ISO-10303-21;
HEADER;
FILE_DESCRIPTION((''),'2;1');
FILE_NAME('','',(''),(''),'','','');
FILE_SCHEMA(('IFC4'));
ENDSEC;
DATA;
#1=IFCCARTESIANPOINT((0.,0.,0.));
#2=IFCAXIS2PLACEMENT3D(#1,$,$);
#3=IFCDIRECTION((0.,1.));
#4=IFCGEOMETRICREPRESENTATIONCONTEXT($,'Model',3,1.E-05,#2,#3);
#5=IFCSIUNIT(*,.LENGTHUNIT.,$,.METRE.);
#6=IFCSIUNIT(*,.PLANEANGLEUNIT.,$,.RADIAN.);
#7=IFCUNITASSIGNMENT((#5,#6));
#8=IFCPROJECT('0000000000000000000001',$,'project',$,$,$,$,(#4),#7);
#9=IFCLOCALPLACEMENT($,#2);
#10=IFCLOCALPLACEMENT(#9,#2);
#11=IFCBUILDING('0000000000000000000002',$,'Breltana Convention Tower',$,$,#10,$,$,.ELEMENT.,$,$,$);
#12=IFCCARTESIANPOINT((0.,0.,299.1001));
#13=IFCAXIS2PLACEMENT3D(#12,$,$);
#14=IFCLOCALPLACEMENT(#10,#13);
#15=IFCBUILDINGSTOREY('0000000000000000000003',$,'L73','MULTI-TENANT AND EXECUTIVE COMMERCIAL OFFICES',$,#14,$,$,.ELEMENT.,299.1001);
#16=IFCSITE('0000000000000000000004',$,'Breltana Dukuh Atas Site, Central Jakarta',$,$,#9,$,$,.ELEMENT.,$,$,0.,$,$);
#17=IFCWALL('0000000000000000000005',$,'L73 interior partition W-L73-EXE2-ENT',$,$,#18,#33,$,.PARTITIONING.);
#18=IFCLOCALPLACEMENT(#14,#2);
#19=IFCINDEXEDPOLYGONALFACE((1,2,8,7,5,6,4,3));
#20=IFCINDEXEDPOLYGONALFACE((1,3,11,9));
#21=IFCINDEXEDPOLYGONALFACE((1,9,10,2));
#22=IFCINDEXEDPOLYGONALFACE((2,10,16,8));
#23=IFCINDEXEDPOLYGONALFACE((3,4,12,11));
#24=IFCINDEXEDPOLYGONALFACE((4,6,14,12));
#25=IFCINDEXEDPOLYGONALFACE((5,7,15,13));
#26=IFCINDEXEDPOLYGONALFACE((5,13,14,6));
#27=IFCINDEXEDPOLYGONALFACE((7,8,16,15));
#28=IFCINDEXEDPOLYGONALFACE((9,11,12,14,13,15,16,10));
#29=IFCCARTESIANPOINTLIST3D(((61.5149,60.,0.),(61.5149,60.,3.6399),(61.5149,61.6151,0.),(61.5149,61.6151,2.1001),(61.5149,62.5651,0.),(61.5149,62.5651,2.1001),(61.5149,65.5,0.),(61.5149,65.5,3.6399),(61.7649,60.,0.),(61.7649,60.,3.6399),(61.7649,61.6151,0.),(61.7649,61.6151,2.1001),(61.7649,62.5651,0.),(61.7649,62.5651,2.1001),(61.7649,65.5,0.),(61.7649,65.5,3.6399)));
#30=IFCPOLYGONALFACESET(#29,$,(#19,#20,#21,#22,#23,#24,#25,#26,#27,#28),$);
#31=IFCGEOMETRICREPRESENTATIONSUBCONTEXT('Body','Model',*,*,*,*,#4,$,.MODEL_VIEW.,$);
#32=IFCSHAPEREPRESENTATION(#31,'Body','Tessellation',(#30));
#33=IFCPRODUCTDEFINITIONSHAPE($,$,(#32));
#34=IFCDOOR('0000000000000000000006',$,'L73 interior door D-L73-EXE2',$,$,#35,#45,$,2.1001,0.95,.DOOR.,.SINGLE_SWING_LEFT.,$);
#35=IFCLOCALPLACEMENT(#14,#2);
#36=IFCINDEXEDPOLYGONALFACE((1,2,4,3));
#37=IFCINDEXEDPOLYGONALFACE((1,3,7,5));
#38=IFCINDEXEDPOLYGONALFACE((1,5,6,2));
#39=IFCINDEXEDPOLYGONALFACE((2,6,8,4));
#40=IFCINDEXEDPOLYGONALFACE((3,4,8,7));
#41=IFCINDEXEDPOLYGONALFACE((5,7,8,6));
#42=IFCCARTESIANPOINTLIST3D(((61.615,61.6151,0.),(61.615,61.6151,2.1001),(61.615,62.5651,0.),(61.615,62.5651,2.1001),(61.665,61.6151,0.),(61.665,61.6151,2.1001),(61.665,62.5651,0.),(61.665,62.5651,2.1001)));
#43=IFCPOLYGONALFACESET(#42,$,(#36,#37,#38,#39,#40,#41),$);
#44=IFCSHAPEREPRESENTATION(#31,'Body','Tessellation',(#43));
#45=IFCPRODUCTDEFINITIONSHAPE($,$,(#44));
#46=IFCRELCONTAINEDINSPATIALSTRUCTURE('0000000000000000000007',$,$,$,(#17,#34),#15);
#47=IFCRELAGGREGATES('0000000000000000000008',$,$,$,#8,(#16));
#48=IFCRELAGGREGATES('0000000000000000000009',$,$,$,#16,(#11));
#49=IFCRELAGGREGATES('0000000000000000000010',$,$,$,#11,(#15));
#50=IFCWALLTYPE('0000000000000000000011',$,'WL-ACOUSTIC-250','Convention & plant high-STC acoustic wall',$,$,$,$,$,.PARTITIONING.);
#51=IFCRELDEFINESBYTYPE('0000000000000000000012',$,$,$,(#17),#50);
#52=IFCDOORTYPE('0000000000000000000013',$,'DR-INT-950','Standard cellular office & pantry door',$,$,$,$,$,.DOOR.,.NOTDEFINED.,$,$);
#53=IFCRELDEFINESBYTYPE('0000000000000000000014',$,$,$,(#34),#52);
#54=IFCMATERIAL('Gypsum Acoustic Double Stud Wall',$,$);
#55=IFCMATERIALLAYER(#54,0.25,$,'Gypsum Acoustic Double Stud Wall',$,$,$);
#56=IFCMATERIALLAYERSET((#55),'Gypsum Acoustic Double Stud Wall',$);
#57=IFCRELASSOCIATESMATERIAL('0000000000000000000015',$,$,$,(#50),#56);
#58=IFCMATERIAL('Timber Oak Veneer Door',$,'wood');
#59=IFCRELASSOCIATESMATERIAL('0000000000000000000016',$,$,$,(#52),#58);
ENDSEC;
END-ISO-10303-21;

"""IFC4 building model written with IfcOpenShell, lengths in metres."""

from ifc_helpers import new_model, si_unit, direction, frame, frame_2d, origin, place, context, subcontext, project, spatial, rectangle, extrude, source, transform, mapped, material, layer, layer_set, type_object, type_shapes, element, fill, save


model = new_model("IFC4")

# Units and contexts
model_context = context("Model", 3, precision=1e-05, world=origin(), true_north=direction((0.0, 1.0)))
body_context = subcontext(model_context, "Body", "Model", "MODEL_VIEW")
ifc_project = project(units=[si_unit("LENGTHUNIT", "METRE"), si_unit("PLANEANGLEUNIT", "RADIAN")], contexts=[model_context])

# Site, building, storey
site_placement = place(None, origin())
site = spatial("IfcSite", under=ifc_project, at=site_placement, Name="Breltana Dukuh Atas Site, Central Jakarta", CompositionType="ELEMENT", RefElevation=0.0)
building_placement = place(site_placement, origin())
building = spatial("IfcBuilding", under=site, at=building_placement, Name="Breltana Convention Tower", CompositionType="ELEMENT")
storey_placement = place(building_placement, frame((0.0, 0.0, 299.1001)))
storey = spatial("IfcBuildingStorey", under=building, at=storey_placement, Name="L73", Description="MULTI-TENANT AND EXECUTIVE COMMERCIAL OFFICES", CompositionType="ELEMENT", Elevation=299.1001)

# Shared definitions
ifc_material_1 = material(Name="Gypsum Acoustic Double Stud Wall")
ifc_layer_1 = layer(ifc_material_1, 0.25, Name="Gypsum Acoustic Double Stud Wall")
ifc_layer_set_1 = layer_set([ifc_layer_1], Name="Gypsum Acoustic Double Stud Wall")
wall_type_1 = type_object("IfcWallType", Name="WL-ACOUSTIC-250", Description="Convention & plant high-STC acoustic wall", PredefinedType="PARTITIONING", material=ifc_layer_set_1)

# Wall, opening, door
shared_shape_1 = source(origin(), body_context, "Body", "SweptSolid", [
    extrude(rectangle(XDim=5.5, YDim=0.25, at=frame_2d((2.75, 0.0))), origin(), (0.0, 0.0, 1.0), 3.6399),
])
wall_1_placement = place(storey_placement, frame((61.6399, 60.0, 0.0), z_axis=(0.0, 0.0, 1.0), x_axis=(0.0, 1.0, 0.0)))
wall_1 = element("IfcWall", 1, at=wall_1_placement, inside=storey, type_object=wall_type_1, Name="L73 interior partition W-L73-EXE2-ENT", PredefinedType="PARTITIONING", context=body_context, shape_type="MappedRepresentation", body=[
    mapped(shared_shape_1, transform((0.0, 0.0, 0.0), scale=1.0)),
])
opening_1_placement = place(wall_1_placement, frame((1.615, 0.0, 0.0)))
opening_1 = element("IfcOpeningElement", 2, at=opening_1_placement, cuts=wall_1, PredefinedType="OPENING", context=body_context, shape_type="SweptSolid", body=[
    extrude(rectangle(XDim=0.95, YDim=2.1001, at=frame_2d((0.4751, 1.05))), frame((0.0, 0.135, 0.0), z_axis=(0.0, -1.0, 0.0), x_axis=(1.0, 0.0, 0.0)), (0.0, 0.0, 1.0), 0.27),
])
ifc_material_2 = material(Name="Timber Oak Veneer Door", Category="wood")
door_type = type_object("IfcDoorType", Name="DR-INT-950", Description="Standard cellular office & pantry door", OperationType="NOTDEFINED", PredefinedType="DOOR", material=ifc_material_2)
shared_shape_2 = source(origin(), body_context, "Body", "SweptSolid", [
    extrude(rectangle(XDim=0.95, YDim=2.1001, at=frame_2d((0.4751, 1.05))), frame((0.0, 0.0249, 0.0), z_axis=(0.0, -1.0, 0.0), x_axis=(1.0, 0.0, 0.0)), (0.0, 0.0, 1.0), 0.05),
])
type_shapes(door_type, [shared_shape_2])
door_placement = place(opening_1_placement, origin())
door = element("IfcDoor", 3, at=door_placement, inside=storey, type_object=door_type, Name="L73 interior door D-L73-EXE2", OperationType="SINGLE_SWING_LEFT", OverallHeight=2.1001, OverallWidth=0.95, PredefinedType="DOOR", context=body_context, shape_type="MappedRepresentation", body=[
    mapped(shared_shape_2, transform((0.0, 0.0, 0.0), scale=1.0)),
])
fill(opening_1, door)

save(model, "model.ifc")
